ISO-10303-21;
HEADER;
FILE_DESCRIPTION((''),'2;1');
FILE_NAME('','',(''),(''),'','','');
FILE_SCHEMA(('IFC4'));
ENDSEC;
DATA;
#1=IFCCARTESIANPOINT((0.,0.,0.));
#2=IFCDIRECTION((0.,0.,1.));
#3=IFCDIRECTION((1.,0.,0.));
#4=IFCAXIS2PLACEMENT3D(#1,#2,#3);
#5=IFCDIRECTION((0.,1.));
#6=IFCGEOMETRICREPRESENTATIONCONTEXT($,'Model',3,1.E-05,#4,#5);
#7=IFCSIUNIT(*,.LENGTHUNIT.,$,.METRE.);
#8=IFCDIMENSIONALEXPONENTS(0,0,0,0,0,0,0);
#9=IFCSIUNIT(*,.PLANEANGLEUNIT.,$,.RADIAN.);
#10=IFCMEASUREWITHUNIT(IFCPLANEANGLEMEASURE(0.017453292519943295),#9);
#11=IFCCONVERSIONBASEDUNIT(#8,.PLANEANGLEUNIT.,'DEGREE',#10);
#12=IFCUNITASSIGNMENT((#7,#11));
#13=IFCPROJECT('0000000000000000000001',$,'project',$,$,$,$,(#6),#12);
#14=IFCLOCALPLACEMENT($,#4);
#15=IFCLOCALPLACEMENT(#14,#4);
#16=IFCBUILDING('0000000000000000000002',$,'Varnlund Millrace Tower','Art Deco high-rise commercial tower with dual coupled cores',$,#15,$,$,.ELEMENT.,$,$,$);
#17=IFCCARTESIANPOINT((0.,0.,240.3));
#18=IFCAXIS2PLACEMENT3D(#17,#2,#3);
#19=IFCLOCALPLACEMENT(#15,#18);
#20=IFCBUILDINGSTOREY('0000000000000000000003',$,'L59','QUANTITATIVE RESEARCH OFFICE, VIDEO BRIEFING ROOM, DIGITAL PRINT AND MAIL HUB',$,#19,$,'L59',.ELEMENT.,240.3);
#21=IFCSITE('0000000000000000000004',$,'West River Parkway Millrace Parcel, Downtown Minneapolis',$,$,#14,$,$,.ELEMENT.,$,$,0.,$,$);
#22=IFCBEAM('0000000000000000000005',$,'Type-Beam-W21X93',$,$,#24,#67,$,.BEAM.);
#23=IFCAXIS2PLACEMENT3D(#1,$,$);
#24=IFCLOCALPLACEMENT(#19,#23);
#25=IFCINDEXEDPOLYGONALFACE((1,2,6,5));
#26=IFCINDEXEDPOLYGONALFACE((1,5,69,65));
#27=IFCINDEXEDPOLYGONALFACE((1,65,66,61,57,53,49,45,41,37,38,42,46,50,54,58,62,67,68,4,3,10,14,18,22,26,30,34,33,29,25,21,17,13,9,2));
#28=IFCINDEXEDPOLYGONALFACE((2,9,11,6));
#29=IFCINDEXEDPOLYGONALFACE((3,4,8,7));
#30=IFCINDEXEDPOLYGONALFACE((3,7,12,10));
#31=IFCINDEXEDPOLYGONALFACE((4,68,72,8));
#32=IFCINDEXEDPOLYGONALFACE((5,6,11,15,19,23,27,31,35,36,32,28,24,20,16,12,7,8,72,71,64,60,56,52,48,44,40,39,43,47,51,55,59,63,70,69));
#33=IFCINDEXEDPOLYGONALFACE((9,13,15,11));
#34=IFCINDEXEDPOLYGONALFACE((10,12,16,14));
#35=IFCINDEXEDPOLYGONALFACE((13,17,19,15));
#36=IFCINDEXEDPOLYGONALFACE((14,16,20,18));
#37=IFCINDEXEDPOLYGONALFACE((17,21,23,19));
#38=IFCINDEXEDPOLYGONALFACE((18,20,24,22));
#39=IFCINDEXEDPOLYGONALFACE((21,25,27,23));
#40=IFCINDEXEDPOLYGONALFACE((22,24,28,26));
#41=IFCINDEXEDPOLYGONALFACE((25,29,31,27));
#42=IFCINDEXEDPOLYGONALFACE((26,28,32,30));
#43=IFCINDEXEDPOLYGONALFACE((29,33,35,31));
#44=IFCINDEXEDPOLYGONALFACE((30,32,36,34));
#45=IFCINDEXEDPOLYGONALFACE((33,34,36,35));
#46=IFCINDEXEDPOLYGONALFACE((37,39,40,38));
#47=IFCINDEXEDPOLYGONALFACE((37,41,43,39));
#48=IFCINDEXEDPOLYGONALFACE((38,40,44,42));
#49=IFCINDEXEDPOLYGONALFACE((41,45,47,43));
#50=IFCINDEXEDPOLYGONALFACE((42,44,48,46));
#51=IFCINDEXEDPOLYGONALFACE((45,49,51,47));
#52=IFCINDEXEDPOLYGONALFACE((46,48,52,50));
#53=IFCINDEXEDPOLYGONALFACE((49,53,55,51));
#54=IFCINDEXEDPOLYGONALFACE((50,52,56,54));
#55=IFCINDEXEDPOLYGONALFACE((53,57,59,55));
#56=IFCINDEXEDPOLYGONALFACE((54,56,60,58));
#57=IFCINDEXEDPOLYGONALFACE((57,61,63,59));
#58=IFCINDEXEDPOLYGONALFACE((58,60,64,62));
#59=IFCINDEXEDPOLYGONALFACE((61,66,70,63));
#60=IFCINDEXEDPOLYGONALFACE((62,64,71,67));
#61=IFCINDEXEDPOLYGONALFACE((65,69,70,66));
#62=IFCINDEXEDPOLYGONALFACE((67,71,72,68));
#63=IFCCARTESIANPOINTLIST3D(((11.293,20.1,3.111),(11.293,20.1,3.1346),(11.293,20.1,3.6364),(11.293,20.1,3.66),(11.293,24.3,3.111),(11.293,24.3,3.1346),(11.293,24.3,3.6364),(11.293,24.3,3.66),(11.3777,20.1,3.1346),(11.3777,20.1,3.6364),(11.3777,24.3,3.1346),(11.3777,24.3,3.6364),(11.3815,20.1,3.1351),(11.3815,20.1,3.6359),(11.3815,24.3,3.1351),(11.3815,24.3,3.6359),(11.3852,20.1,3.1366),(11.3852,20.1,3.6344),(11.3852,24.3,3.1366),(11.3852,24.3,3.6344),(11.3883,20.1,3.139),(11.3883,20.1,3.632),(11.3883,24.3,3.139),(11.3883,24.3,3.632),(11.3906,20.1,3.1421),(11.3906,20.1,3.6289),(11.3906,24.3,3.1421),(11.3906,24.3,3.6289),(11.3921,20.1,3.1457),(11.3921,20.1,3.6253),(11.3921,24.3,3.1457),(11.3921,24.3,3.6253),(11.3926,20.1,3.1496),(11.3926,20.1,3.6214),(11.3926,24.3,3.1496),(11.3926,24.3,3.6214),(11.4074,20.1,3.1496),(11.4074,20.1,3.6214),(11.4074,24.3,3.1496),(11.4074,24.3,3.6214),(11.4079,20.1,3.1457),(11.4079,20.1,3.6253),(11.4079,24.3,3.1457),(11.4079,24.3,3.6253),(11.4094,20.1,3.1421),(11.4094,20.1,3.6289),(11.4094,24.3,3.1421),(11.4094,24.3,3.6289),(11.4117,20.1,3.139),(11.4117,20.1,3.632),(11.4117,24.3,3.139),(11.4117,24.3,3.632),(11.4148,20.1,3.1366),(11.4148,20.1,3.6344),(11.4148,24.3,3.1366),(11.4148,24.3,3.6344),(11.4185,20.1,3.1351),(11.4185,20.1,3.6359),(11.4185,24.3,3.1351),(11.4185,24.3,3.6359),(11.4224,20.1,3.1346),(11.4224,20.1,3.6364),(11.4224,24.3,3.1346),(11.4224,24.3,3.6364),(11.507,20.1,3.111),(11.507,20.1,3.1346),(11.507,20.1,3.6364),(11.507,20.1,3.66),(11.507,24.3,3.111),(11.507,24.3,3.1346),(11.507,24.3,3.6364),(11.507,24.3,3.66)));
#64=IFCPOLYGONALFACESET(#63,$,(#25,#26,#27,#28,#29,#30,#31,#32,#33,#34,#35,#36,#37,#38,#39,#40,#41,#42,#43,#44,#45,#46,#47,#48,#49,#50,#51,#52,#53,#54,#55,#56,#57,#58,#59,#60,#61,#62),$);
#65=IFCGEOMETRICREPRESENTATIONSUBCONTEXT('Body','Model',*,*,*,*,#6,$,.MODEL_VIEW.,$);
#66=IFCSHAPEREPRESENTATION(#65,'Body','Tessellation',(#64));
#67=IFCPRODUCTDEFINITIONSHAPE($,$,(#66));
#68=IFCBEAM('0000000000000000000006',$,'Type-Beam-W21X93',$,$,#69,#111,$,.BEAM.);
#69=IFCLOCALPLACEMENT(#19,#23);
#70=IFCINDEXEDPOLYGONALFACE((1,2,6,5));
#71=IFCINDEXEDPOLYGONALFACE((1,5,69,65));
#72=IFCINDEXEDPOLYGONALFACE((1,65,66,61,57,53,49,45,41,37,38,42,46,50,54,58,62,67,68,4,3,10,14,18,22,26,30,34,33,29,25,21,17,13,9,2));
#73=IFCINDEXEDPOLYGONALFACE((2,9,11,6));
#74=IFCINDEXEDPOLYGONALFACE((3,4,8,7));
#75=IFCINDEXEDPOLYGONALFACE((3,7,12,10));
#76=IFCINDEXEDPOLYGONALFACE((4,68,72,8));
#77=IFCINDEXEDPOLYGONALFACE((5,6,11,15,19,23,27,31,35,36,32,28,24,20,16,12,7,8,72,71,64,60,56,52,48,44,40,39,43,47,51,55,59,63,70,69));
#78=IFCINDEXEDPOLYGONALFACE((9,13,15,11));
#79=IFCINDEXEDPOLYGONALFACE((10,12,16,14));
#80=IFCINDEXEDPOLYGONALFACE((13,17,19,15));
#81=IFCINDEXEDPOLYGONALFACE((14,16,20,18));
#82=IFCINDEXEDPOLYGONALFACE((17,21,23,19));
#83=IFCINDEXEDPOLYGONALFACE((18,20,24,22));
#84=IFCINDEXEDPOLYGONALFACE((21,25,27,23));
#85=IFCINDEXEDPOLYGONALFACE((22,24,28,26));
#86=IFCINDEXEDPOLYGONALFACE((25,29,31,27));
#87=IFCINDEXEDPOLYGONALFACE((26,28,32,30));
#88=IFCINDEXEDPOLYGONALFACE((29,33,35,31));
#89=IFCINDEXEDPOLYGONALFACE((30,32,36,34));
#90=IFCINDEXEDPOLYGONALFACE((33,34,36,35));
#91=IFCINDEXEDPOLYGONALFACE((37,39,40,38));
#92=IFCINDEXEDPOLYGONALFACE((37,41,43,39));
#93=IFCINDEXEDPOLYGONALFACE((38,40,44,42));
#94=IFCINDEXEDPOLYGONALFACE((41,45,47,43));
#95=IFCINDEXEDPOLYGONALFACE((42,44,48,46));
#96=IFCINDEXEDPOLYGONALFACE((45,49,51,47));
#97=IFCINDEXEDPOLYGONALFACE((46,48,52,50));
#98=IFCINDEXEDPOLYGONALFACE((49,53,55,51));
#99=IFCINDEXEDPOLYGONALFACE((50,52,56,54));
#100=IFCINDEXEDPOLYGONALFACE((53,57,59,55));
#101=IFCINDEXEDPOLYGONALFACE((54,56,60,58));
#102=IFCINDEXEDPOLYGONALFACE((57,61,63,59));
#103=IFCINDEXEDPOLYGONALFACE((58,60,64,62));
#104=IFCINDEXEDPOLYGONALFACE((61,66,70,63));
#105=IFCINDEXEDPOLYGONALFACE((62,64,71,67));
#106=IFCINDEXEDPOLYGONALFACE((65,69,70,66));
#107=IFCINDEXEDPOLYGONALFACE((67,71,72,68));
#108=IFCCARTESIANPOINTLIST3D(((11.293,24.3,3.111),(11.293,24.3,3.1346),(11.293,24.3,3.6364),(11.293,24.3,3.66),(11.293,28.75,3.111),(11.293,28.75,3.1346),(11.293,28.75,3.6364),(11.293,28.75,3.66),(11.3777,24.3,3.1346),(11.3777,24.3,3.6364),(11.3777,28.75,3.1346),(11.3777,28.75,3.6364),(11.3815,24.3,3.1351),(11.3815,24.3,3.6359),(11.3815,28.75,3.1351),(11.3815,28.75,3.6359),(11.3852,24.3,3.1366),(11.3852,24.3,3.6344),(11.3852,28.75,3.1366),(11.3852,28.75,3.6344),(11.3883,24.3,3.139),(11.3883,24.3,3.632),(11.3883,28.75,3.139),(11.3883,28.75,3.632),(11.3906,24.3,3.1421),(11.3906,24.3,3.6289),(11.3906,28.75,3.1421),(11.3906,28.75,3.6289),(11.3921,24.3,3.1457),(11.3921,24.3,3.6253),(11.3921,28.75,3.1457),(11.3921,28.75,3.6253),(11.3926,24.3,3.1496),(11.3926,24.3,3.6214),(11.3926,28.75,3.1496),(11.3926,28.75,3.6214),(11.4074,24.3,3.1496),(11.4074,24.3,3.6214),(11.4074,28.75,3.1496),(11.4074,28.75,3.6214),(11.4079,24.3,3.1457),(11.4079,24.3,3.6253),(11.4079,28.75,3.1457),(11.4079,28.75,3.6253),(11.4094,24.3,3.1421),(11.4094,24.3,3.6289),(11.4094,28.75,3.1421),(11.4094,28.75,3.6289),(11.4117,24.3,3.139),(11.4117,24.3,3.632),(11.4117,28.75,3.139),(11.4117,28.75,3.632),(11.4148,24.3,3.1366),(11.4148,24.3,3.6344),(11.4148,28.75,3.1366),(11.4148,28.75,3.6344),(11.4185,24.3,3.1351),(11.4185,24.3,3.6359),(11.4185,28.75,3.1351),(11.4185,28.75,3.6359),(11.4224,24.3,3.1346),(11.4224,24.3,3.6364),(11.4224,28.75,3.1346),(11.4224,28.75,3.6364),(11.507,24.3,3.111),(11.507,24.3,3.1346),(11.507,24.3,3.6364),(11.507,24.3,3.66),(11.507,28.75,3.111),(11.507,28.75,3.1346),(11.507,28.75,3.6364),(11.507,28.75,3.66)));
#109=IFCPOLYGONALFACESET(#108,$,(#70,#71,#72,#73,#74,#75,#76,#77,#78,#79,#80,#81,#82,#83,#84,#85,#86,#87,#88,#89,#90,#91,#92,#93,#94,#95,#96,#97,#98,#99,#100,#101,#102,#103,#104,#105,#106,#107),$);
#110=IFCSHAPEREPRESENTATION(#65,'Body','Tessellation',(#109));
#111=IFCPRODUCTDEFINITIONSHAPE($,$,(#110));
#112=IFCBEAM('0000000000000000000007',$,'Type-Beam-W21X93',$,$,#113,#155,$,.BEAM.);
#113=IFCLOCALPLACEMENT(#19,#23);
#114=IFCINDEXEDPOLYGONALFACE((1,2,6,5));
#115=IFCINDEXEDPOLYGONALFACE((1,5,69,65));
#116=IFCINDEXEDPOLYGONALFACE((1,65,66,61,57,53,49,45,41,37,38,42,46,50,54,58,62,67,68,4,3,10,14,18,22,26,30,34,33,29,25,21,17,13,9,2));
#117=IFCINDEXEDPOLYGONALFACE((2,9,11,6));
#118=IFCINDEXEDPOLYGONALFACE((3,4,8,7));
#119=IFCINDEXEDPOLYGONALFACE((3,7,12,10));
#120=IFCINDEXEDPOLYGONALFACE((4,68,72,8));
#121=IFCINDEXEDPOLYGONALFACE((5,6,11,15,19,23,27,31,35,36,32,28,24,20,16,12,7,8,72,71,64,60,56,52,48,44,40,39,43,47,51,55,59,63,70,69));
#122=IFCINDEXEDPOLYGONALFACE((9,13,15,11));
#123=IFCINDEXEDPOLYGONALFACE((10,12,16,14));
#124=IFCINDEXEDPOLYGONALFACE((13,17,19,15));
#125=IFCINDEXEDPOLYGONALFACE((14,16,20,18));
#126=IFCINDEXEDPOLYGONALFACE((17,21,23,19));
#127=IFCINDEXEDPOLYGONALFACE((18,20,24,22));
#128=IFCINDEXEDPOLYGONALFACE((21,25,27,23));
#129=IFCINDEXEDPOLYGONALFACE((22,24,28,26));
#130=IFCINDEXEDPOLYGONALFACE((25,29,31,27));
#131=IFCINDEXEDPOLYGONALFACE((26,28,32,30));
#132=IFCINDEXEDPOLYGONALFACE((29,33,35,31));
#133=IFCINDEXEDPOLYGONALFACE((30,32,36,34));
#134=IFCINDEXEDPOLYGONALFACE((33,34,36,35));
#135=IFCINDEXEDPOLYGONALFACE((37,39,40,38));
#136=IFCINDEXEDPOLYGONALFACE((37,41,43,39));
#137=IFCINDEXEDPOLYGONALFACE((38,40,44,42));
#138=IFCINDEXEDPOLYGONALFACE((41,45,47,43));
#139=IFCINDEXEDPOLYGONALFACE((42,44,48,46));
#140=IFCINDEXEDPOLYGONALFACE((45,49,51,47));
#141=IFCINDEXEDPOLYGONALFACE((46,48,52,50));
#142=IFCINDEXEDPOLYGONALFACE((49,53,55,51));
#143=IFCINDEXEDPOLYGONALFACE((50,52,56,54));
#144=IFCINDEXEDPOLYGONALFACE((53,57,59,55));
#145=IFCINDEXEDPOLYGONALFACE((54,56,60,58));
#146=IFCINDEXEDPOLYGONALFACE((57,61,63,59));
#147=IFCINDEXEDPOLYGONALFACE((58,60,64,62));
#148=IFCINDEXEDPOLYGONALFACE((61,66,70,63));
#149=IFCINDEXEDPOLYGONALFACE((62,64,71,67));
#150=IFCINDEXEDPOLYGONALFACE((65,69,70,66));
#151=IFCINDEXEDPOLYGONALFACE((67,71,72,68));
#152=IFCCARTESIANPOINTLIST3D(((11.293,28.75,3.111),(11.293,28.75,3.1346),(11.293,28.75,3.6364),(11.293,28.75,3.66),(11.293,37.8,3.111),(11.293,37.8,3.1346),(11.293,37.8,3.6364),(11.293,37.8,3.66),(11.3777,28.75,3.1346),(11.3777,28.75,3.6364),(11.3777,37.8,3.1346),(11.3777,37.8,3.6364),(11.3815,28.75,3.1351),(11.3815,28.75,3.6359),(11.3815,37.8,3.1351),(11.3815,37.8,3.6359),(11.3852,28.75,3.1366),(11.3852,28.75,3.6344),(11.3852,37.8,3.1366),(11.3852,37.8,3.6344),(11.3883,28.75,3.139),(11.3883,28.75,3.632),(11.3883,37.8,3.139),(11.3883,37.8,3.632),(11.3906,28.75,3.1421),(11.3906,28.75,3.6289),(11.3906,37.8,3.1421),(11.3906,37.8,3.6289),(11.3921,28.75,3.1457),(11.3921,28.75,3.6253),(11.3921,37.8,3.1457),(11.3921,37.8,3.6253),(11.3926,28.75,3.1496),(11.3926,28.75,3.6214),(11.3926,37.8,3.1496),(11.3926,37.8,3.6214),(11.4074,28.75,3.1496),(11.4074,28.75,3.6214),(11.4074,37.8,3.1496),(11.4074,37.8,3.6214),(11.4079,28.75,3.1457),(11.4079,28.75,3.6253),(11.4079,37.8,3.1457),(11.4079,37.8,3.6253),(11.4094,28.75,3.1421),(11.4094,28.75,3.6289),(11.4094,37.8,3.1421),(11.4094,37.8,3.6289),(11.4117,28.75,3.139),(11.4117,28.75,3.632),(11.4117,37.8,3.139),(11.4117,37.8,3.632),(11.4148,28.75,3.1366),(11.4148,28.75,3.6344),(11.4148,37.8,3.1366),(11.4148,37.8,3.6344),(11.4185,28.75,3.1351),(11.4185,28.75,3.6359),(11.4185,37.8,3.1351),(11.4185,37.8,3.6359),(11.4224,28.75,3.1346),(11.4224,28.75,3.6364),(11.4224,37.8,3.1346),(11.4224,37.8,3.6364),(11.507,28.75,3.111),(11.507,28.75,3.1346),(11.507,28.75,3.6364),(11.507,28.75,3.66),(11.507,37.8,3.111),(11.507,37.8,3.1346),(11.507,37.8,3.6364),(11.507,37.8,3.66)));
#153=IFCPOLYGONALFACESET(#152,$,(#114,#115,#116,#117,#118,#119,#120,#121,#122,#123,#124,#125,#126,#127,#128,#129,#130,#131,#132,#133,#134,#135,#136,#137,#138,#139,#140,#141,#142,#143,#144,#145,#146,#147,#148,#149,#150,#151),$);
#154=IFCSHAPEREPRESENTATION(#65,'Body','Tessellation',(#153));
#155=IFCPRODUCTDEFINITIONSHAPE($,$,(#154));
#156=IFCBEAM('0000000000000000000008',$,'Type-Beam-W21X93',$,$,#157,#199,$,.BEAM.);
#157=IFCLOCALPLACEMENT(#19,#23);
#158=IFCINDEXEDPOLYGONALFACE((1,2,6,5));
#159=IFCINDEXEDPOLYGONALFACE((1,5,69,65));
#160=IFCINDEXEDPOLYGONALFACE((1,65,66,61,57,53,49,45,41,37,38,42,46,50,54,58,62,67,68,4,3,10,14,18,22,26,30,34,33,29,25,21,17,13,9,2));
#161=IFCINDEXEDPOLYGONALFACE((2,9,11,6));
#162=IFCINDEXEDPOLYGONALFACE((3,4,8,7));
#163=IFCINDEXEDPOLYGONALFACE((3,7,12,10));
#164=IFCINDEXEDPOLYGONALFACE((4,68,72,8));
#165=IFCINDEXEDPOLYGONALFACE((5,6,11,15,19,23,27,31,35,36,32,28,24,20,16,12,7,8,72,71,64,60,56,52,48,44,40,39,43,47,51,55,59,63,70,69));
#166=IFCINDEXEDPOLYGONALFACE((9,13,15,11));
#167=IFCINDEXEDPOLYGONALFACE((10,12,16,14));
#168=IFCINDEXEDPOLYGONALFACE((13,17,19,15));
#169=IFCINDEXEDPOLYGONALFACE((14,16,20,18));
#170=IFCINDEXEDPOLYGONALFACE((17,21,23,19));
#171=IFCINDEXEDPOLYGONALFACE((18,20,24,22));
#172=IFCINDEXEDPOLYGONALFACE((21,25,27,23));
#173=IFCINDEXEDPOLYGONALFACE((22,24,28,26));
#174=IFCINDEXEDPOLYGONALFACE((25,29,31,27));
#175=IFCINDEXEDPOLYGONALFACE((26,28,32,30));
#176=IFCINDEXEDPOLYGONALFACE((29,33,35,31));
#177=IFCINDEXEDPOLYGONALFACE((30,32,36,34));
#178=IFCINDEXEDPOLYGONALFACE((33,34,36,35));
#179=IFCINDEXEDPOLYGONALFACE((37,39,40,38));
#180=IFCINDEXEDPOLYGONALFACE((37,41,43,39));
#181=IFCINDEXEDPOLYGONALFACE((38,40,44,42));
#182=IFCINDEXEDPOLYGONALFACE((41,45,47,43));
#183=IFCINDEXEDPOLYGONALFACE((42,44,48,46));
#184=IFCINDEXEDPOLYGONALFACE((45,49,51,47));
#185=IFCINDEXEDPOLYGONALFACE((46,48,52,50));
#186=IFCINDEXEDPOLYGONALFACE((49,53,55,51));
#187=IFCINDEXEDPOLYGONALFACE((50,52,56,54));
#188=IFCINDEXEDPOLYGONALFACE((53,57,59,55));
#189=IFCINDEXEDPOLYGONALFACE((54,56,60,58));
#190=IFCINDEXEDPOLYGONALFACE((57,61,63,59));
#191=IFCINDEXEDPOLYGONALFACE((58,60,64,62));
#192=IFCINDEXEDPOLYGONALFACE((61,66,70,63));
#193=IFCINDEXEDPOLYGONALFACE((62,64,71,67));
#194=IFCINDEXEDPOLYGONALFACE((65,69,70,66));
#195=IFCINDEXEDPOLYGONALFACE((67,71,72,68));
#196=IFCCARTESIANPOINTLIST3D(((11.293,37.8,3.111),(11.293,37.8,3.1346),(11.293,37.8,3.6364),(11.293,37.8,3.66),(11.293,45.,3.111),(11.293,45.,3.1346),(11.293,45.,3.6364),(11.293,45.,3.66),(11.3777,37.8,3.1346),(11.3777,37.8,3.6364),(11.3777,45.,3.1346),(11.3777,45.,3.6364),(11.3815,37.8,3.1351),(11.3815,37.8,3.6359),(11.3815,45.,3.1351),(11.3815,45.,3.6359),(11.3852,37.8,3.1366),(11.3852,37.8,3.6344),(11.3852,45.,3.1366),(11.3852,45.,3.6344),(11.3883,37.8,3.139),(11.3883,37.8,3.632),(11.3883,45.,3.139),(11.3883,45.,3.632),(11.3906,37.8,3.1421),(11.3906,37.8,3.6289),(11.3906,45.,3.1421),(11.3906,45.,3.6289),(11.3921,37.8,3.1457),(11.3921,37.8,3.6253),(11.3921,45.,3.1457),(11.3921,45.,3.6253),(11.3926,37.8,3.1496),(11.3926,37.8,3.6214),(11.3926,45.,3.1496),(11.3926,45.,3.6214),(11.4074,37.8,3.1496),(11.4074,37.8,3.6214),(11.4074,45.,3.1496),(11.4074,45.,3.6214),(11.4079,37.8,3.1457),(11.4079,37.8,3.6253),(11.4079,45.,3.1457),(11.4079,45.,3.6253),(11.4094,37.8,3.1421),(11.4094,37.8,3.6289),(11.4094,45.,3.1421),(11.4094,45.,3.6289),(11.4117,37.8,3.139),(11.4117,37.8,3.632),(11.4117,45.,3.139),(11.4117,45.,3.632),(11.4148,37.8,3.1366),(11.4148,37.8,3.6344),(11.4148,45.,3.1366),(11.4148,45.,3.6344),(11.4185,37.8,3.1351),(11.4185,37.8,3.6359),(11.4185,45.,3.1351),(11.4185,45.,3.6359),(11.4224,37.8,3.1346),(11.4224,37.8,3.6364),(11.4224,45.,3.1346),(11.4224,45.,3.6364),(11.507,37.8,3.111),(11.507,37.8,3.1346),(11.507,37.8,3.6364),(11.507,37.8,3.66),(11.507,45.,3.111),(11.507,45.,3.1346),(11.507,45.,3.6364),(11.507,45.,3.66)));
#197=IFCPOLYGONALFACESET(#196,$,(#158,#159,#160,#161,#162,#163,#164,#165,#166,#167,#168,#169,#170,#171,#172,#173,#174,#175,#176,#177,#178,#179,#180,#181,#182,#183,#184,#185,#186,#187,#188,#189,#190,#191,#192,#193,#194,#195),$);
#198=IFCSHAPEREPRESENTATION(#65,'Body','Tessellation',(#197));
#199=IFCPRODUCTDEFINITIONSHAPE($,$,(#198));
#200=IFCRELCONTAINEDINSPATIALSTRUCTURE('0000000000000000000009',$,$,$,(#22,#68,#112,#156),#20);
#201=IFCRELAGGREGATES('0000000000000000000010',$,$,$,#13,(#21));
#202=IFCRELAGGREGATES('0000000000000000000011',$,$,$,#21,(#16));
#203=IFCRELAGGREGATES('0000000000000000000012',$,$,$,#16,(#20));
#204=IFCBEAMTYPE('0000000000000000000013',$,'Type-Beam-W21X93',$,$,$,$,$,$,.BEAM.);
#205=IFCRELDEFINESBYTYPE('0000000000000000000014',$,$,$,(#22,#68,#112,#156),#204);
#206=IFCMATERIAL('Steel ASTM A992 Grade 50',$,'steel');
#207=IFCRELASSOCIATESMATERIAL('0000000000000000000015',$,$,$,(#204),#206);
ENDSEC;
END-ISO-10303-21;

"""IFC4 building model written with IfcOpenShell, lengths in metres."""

from ifc_helpers import new_model, entity, si_unit, converted_unit, direction, frame, origin_with_axes, origin_2d_with_axis, place, context, subcontext, project, spatial, i_section, extrude, material, material_profile, profile_set, type_object, element, save


model = new_model("IFC4")

# Units and contexts
model_context = context("Model", 3, precision=1e-05, world=origin_with_axes(), true_north=direction((0.0, 1.0)))
body_context = subcontext(model_context, "Body", "Model", "MODEL_VIEW")
ifc_project = project(units=[si_unit("LENGTHUNIT", "METRE"), converted_unit("PLANEANGLEUNIT", "DEGREE", entity("IfcPlaneAngleMeasure", 0.017453292519943295), si_unit("PLANEANGLEUNIT", "RADIAN"), dimensions=[0, 0, 0, 0, 0, 0, 0])], contexts=[model_context])

# Site, building, storey
site_placement = place(None, origin_with_axes())
site = spatial("IfcSite", under=ifc_project, at=site_placement, Name="West River Parkway Millrace Parcel, Downtown Minneapolis", CompositionType="ELEMENT", RefElevation=0.0)
building_placement = place(site_placement, origin_with_axes())
building = spatial("IfcBuilding", under=site, at=building_placement, Name="Varnlund Millrace Tower", Description="Art Deco high-rise commercial tower with dual coupled cores", CompositionType="ELEMENT")
storey_placement = place(building_placement, frame((0.0, 0.0, 240.3), z_axis=(0.0, 0.0, 1.0), x_axis=(1.0, 0.0, 0.0)))
storey = spatial("IfcBuildingStorey", under=building, at=storey_placement, Name="L59", Description="QUANTITATIVE RESEARCH OFFICE, VIDEO BRIEFING ROOM, DIGITAL PRINT AND MAIL HUB", LongName="L59", CompositionType="ELEMENT", Elevation=240.3)

# Beams
ifc_material_1 = material(Name="Steel ASTM A992 Grade 50", Category="steel")
ifc_material_profile_1 = material_profile(ifc_material_1, i_section(OverallWidth=0.214, OverallDepth=0.549, WebThickness=0.0147, FlangeThickness=0.0236, FilletRadius=0.015, at=origin_2d_with_axis()), Name="Steel ASTM A992 Grade 50")
ifc_profile_set_1 = profile_set([ifc_material_profile_1], Name="Steel ASTM A992 Grade 50")
beam_type_1 = type_object("IfcBeamType", Name="Type-Beam-W21X93", PredefinedType="BEAM", material=ifc_profile_set_1)
beam_1_placement = place(storey_placement, frame((11.4, 20.1, 3.3855), z_axis=(0.0, 1.0, 0.0), x_axis=(-1.0, 0.0, 0.0)))
element("IfcBeam", 1, at=beam_1_placement, inside=storey, type_object=beam_type_1, Name="Type-Beam-W21X93", PredefinedType="BEAM", context=body_context, shape_type="SweptSolid", body=[
    extrude(i_section(OverallWidth=0.214, OverallDepth=0.549, WebThickness=0.0147, FlangeThickness=0.0236, FilletRadius=0.015, at=origin_2d_with_axis()), origin_with_axes(), (0.0, 0.0, 1.0), 4.2),
])
beam_2_placement = place(storey_placement, frame((11.4, 24.3, 3.3855), z_axis=(0.0, 1.0, 0.0), x_axis=(-1.0, 0.0, 0.0)))
element("IfcBeam", 2, at=beam_2_placement, inside=storey, type_object=beam_type_1, Name="Type-Beam-W21X93", PredefinedType="BEAM", context=body_context, shape_type="SweptSolid", body=[
    extrude(i_section(OverallWidth=0.214, OverallDepth=0.549, WebThickness=0.0147, FlangeThickness=0.0236, FilletRadius=0.015, at=origin_2d_with_axis()), origin_with_axes(), (0.0, 0.0, 1.0), 4.45),
])
beam_3_placement = place(storey_placement, frame((11.4, 28.75, 3.3855), z_axis=(0.0, 1.0, 0.0), x_axis=(-1.0, 0.0, 0.0)))
element("IfcBeam", 3, at=beam_3_placement, inside=storey, type_object=beam_type_1, Name="Type-Beam-W21X93", PredefinedType="BEAM", context=body_context, shape_type="SweptSolid", body=[
    extrude(i_section(OverallWidth=0.214, OverallDepth=0.549, WebThickness=0.0147, FlangeThickness=0.0236, FilletRadius=0.015, at=origin_2d_with_axis()), origin_with_axes(), (0.0, 0.0, 1.0), 9.05),
])
beam_4_placement = place(storey_placement, frame((11.4, 37.8, 3.3855), z_axis=(0.0, 1.0, 0.0), x_axis=(-1.0, 0.0, 0.0)))
element("IfcBeam", 4, at=beam_4_placement, inside=storey, type_object=beam_type_1, Name="Type-Beam-W21X93", PredefinedType="BEAM", context=body_context, shape_type="SweptSolid", body=[
    extrude(i_section(OverallWidth=0.214, OverallDepth=0.549, WebThickness=0.0147, FlangeThickness=0.0236, FilletRadius=0.015, at=origin_2d_with_axis()), origin_with_axes(), (0.0, 0.0, 1.0), 7.2),
])

save(model, "model.ifc")
